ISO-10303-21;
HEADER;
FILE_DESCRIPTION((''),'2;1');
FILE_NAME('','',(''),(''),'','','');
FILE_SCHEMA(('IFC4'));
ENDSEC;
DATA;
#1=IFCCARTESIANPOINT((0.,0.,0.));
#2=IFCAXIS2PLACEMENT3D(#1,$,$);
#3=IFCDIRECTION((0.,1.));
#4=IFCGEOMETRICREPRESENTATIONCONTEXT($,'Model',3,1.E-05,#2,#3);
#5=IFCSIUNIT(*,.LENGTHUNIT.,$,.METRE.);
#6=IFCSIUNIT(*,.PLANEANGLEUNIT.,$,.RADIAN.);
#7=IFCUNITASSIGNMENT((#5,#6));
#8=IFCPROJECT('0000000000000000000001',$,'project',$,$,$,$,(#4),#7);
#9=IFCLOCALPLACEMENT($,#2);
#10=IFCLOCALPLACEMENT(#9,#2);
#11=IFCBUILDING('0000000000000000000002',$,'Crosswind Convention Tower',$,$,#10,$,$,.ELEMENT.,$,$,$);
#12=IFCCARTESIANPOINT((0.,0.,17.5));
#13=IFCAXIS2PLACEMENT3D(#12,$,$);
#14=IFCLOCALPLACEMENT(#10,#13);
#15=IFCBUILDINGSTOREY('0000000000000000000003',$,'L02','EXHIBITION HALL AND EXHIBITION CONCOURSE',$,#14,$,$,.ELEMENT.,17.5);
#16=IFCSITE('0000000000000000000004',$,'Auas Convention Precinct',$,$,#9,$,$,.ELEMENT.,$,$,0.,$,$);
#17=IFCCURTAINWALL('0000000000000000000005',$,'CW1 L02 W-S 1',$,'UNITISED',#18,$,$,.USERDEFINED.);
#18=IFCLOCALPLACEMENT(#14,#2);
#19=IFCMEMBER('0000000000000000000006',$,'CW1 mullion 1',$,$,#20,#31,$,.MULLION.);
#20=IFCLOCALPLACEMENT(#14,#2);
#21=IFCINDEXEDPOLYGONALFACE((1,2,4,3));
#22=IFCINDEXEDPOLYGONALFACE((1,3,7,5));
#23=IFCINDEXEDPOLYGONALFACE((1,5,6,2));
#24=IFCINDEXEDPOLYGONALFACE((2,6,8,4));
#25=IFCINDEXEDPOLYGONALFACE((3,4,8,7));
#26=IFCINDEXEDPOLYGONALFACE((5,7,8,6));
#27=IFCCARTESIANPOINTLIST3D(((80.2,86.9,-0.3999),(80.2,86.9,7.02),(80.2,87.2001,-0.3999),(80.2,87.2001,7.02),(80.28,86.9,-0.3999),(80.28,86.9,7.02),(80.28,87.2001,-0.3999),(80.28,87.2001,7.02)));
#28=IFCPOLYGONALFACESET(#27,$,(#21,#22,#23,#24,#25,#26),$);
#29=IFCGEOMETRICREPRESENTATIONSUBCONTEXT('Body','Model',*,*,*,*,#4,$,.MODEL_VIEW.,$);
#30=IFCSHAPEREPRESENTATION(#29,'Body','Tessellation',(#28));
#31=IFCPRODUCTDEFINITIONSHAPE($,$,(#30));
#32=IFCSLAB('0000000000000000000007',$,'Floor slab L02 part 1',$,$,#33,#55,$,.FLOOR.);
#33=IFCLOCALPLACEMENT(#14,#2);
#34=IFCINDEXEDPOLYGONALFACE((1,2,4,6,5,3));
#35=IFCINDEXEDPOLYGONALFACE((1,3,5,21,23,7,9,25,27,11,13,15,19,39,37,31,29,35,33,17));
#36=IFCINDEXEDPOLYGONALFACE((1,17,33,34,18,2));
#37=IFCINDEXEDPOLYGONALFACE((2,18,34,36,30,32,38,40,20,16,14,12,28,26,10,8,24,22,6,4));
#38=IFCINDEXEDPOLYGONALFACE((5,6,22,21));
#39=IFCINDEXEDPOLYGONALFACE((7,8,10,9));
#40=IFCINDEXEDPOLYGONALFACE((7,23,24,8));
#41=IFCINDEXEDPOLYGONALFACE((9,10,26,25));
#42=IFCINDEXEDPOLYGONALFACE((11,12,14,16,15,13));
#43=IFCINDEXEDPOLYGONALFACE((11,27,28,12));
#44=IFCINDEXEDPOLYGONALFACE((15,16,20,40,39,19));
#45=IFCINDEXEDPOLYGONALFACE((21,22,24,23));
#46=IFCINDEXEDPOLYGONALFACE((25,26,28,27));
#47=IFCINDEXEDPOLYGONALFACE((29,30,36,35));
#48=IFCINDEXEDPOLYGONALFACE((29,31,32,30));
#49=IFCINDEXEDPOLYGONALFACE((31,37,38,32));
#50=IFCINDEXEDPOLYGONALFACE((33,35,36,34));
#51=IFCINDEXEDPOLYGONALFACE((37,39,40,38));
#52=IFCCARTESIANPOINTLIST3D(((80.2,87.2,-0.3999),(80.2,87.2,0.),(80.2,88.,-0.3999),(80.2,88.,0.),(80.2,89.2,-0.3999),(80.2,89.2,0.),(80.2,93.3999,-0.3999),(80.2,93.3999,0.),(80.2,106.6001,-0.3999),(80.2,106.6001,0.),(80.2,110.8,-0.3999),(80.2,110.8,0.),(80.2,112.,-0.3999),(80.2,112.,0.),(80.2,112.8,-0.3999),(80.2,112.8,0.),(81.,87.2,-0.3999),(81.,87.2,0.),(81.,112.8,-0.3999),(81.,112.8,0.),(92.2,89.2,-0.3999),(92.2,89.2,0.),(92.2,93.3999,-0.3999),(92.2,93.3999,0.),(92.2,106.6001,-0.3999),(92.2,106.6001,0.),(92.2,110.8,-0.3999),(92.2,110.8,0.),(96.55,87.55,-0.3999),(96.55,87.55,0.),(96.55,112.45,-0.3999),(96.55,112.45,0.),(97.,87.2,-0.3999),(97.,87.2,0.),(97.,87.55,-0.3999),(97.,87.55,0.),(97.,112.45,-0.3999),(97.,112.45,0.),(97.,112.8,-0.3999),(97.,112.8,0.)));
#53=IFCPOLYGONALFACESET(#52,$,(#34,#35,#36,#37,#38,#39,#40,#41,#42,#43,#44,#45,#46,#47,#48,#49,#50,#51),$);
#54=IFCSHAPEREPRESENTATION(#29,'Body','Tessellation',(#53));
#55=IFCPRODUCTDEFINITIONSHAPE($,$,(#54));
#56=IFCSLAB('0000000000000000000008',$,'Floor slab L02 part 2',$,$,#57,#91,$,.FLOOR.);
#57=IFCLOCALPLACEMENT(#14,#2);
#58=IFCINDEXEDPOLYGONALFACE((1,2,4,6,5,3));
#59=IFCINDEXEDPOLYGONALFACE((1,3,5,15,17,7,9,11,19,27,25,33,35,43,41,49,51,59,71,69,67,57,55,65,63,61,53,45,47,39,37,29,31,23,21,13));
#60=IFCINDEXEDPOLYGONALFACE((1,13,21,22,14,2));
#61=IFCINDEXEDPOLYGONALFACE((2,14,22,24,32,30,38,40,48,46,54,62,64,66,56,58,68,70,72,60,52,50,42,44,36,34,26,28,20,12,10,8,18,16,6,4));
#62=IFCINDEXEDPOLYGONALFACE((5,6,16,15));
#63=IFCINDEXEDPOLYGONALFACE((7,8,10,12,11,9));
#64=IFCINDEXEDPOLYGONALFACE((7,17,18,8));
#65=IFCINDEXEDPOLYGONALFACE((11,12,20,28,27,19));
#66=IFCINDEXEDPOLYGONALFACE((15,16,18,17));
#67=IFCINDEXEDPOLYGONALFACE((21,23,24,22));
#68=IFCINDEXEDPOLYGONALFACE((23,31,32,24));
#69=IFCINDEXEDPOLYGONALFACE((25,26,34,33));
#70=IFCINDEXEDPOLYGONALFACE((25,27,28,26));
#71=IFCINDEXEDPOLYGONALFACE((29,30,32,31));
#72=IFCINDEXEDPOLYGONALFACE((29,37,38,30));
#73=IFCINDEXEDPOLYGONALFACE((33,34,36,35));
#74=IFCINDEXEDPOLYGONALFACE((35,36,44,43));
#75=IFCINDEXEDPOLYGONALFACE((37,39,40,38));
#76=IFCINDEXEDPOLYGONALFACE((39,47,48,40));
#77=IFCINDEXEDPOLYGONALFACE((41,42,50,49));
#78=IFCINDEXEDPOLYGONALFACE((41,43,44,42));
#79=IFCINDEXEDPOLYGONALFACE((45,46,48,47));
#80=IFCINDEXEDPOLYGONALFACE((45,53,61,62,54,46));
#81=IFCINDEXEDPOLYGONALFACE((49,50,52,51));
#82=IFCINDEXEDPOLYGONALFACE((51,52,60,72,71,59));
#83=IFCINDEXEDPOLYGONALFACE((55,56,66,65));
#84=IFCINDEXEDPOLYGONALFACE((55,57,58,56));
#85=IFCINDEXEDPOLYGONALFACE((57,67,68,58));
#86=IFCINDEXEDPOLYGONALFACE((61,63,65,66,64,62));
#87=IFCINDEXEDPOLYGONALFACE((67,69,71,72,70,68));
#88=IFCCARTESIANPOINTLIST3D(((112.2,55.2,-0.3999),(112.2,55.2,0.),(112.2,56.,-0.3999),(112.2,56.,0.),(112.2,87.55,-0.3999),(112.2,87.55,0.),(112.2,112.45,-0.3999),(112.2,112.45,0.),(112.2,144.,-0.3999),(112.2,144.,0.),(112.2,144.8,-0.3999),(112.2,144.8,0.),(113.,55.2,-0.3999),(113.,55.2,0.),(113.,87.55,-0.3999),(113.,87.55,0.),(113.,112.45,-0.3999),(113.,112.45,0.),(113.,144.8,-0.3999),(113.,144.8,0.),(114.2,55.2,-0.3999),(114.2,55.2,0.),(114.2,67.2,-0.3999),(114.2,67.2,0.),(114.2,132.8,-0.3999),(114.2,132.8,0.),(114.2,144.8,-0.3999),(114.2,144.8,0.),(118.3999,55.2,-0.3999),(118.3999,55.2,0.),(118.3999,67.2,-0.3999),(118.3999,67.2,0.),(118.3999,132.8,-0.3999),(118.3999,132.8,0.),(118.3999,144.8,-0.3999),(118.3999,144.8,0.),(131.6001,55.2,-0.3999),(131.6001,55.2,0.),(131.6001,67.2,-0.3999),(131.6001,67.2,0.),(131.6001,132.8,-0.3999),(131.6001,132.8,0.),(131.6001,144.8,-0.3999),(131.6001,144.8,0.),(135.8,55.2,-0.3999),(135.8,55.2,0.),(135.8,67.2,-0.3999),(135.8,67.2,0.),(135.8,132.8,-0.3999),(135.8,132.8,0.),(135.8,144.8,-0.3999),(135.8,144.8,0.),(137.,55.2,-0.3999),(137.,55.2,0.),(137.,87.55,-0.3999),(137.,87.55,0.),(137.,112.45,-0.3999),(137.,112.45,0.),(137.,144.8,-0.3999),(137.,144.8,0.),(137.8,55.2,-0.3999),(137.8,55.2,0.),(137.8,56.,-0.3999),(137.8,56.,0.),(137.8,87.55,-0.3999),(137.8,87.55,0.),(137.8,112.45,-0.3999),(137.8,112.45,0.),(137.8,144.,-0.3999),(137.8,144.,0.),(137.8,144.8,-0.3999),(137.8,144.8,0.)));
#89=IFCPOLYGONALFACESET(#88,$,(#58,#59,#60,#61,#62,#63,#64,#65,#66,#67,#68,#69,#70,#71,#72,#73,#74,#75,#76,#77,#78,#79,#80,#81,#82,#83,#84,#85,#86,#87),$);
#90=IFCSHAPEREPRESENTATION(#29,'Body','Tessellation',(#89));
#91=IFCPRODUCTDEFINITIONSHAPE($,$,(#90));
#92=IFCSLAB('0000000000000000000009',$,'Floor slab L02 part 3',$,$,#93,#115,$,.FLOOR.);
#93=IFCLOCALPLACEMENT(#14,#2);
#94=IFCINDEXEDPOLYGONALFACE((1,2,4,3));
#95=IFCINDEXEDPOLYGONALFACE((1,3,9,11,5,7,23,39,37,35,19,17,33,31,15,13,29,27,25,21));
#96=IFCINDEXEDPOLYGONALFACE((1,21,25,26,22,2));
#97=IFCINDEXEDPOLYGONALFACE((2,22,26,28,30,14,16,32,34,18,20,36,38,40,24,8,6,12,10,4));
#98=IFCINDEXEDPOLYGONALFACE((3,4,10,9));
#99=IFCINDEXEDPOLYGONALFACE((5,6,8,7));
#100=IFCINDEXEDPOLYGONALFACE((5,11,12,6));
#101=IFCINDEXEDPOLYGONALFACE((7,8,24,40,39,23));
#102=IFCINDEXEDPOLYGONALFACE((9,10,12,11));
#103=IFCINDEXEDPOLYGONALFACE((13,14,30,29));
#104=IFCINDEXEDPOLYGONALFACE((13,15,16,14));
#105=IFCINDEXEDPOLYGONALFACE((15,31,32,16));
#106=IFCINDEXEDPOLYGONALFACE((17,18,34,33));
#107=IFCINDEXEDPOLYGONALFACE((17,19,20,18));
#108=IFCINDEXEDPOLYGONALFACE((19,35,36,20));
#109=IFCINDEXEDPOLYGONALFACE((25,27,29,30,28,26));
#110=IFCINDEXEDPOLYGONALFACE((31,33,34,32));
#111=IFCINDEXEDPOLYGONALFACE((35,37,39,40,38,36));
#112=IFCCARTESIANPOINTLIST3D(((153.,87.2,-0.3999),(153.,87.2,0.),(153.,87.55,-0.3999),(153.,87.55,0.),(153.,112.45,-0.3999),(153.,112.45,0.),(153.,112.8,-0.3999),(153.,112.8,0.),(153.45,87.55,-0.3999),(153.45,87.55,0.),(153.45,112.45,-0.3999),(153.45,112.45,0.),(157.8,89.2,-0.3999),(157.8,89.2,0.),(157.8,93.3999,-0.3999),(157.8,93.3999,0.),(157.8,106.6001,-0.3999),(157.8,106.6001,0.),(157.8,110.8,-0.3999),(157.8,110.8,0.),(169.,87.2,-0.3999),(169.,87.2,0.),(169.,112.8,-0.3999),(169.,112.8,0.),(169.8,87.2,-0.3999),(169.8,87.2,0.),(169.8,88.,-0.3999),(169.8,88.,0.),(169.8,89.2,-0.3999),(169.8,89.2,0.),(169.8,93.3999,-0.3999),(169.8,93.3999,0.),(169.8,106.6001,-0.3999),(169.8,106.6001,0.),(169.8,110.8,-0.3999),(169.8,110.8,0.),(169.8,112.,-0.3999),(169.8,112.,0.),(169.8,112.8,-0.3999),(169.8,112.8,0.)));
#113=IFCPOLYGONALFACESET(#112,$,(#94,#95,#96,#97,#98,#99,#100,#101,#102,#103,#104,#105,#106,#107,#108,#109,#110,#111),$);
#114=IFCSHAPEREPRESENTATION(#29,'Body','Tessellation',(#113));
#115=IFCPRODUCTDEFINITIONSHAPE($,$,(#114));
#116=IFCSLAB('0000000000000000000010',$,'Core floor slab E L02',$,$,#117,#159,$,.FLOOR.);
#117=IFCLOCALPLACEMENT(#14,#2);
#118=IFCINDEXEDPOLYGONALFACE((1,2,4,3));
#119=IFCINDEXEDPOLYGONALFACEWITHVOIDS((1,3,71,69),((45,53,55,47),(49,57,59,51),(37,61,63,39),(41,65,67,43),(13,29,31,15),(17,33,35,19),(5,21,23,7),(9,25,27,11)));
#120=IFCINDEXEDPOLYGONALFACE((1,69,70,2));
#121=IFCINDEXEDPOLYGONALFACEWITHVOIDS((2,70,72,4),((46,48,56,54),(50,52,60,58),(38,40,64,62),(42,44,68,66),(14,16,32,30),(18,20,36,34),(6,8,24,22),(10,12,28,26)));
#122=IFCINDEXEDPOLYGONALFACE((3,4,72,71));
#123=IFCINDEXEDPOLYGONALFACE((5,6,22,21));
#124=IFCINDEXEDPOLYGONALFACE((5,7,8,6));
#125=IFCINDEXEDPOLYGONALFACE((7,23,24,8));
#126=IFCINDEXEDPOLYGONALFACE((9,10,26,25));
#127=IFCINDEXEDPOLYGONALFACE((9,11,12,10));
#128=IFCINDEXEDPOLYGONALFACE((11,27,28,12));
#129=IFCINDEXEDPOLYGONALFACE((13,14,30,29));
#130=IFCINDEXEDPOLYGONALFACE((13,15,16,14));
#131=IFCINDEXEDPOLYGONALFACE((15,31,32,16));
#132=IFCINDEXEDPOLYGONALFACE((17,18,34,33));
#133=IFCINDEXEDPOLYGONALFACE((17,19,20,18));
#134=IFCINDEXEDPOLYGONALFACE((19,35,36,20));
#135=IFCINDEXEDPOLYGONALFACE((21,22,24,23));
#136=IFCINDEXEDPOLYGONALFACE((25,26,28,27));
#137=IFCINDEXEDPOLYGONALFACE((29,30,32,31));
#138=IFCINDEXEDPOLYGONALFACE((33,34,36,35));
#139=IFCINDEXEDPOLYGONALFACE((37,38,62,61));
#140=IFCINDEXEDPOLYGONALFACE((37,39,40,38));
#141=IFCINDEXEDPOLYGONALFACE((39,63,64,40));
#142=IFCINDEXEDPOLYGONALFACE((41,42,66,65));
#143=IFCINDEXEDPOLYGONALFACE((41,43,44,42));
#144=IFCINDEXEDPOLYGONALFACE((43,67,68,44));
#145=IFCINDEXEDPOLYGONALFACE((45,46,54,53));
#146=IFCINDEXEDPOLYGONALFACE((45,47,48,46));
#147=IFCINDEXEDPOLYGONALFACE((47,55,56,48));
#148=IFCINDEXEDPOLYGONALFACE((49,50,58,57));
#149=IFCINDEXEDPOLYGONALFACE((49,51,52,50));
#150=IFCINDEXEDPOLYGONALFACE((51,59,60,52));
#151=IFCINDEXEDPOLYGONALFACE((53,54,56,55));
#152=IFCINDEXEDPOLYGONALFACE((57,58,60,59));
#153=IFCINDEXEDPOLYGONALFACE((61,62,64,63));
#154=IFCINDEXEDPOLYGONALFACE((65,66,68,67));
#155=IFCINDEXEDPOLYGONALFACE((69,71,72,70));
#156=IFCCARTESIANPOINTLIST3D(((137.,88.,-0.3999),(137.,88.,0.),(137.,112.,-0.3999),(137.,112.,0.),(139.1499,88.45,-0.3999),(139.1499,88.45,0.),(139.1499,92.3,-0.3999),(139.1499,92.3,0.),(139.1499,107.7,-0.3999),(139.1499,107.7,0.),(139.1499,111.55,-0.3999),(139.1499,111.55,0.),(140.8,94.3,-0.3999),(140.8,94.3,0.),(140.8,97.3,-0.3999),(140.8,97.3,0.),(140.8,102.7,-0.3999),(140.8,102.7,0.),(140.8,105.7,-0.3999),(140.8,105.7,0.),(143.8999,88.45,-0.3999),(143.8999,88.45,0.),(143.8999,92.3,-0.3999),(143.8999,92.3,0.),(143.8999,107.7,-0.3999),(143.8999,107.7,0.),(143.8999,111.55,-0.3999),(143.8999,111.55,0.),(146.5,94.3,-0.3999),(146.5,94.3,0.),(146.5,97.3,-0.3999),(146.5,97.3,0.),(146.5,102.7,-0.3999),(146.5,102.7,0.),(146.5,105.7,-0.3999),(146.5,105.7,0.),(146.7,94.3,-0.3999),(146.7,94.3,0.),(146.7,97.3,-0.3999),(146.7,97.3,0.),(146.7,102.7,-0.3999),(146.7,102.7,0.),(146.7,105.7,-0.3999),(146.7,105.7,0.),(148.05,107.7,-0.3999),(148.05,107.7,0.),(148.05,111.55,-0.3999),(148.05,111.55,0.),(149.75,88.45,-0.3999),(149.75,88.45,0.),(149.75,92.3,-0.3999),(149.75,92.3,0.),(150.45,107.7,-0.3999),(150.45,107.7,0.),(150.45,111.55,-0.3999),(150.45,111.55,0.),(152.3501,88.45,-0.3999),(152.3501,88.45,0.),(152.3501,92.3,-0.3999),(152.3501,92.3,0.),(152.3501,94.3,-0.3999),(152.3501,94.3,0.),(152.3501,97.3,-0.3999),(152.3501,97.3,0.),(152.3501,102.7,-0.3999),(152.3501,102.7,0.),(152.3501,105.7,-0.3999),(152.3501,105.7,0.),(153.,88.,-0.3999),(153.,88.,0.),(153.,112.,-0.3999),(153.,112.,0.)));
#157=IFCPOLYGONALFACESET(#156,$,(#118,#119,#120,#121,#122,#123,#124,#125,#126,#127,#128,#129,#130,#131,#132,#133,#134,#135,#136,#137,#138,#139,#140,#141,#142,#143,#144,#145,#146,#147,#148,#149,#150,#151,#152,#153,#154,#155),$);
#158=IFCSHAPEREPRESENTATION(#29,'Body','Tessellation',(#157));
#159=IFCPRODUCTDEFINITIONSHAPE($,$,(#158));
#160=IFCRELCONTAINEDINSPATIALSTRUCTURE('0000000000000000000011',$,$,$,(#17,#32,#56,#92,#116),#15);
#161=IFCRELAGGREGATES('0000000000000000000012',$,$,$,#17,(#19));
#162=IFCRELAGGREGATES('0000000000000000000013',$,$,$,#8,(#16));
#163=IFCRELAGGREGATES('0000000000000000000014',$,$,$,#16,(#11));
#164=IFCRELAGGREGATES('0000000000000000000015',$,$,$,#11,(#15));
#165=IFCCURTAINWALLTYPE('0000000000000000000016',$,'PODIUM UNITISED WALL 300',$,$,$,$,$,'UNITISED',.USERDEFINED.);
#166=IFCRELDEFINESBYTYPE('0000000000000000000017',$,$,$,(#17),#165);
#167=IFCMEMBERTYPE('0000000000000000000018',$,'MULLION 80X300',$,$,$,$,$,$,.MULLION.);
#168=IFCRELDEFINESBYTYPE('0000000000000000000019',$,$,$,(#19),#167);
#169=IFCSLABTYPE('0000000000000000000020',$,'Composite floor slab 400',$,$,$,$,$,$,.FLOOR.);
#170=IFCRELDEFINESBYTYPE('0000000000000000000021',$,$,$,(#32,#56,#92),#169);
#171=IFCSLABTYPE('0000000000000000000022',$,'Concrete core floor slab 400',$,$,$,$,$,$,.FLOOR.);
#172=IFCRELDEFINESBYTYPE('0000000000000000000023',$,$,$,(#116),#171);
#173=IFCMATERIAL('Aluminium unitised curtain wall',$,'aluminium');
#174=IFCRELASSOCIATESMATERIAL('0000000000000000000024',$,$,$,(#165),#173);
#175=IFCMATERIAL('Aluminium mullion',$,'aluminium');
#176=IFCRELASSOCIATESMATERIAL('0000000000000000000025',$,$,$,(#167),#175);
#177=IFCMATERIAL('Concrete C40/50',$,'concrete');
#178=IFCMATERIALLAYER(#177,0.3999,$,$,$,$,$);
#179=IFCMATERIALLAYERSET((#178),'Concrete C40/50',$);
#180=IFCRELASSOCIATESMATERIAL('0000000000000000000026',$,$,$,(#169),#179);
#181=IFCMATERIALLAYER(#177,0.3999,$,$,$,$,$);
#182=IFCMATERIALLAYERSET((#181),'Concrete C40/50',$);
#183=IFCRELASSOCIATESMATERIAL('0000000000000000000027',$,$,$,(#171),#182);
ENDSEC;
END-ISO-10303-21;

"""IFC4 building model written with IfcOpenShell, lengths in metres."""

from ifc_helpers import new_model, si_unit, direction, frame, origin, origin_2d, place, context, subcontext, project, spatial, polyline, rectangle, outline, extrude, material, layer, layer_set, material_profile, profile_set, type_object, element, aggregate, save


model = new_model("IFC4")

# Units and contexts
model_context = context("Model", 3, precision=1e-05, world=origin(), true_north=direction((0.0, 1.0)))
body_context = subcontext(model_context, "Body", "Model", "MODEL_VIEW")
ifc_project = project(units=[si_unit("LENGTHUNIT", "METRE"), si_unit("PLANEANGLEUNIT", "RADIAN")], contexts=[model_context])

# Site, building, storey
site_placement = place(None, origin())
site = spatial("IfcSite", under=ifc_project, at=site_placement, Name="Auas Convention Precinct", CompositionType="ELEMENT", RefElevation=0.0)
building_placement = place(site_placement, origin())
building = spatial("IfcBuilding", under=site, at=building_placement, Name="Crosswind Convention Tower", CompositionType="ELEMENT")
storey_placement = place(building_placement, frame((0.0, 0.0, 17.5)))
storey = spatial("IfcBuildingStorey", under=building, at=storey_placement, Name="L02", Description="EXHIBITION HALL AND EXHIBITION CONCOURSE", CompositionType="ELEMENT", Elevation=17.5)

# Curtain wall, member
ifc_material_1 = material(Name="Aluminium unitised curtain wall", Category="aluminium")
curtain_wall_type = type_object("IfcCurtainWallType", Name="PODIUM UNITISED WALL 300", ElementType="UNITISED", PredefinedType="USERDEFINED", material=ifc_material_1)
curtain_wall_placement = place(storey_placement, origin())
curtain_wall = element("IfcCurtainWall", 1, at=curtain_wall_placement, inside=storey, type_object=curtain_wall_type, Name="CW1 L02 W-S 1", ObjectType="UNITISED", PredefinedType="USERDEFINED")
ifc_material_2 = material(Name="Aluminium mullion", Category="aluminium")
ifc_material_profile_1 = material_profile(ifc_material_2, rectangle(XDim=0.3, YDim=0.0801, at=origin_2d()), Name="AL 300X80")
ifc_profile_set_1 = profile_set([ifc_material_profile_1], Name="Aluminium mullion")
member_type = type_object("IfcMemberType", Name="MULLION 80X300", PredefinedType="MULLION", material=ifc_profile_set_1)
member_placement = place(storey_placement, frame((80.24, 87.05, -0.3999), z_axis=(0.0, 0.0, 1.0), x_axis=(0.0, -1.0, 0.0)))
member = element("IfcMember", 2, at=member_placement, type_object=member_type, Name="CW1 mullion 1", PredefinedType="MULLION", context=body_context, shape_type="SweptSolid", body=[
    extrude(rectangle(XDim=0.3, YDim=0.0801, at=origin_2d()), origin(), (0.0, 0.0, 1.0), 7.4199),
])

# Slabs
ifc_material_3 = material(Name="Concrete C40/50", Category="concrete")
ifc_layer_1 = layer(ifc_material_3, 0.3999)
ifc_layer_set_1 = layer_set([ifc_layer_1], Name="Concrete C40/50")
slab_type_1 = type_object("IfcSlabType", Name="Composite floor slab 400", PredefinedType="FLOOR", material=ifc_layer_set_1)
slab_1_placement = place(storey_placement, frame((0.0, 0.0, -0.3999)))
element("IfcSlab", 3, at=slab_1_placement, inside=storey, type_object=slab_type_1, Name="Floor slab L02 part 1", PredefinedType="FLOOR", context=body_context, shape_type="SweptSolid", body=[
    extrude(outline(polyline([(97.0, 112.45), (96.55, 112.45), (96.55, 87.55), (97.0, 87.55), (97.0, 87.2), (81.0, 87.2), (80.2, 87.2), (80.2, 88.0), (80.2, 89.2), (92.2, 89.2), (92.2, 93.3999), (80.2, 93.3999), (80.2, 106.6001), (92.2, 106.6001), (92.2, 110.8), (80.2, 110.8), (80.2, 112.0), (80.2, 112.8), (81.0, 112.8), (97.0, 112.8), (97.0, 112.45)])), origin(), (0.0, 0.0, 1.0), 0.3999),
])
slab_2_placement = place(storey_placement, frame((0.0, 0.0, -0.3999)))
element("IfcSlab", 4, at=slab_2_placement, inside=storey, type_object=slab_type_1, Name="Floor slab L02 part 2", PredefinedType="FLOOR", context=body_context, shape_type="SweptSolid", body=[
    extrude(outline(polyline([(114.2, 132.8), (118.3999, 132.8), (118.3999, 144.8), (131.6001, 144.8), (131.6001, 132.8), (135.8, 132.8), (135.8, 144.8), (137.0, 144.8), (137.8, 144.8), (137.8, 144.0), (137.8, 112.45), (137.0, 112.45), (137.0, 87.55), (137.8, 87.55), (137.8, 56.0), (137.8, 55.2), (137.0, 55.2), (135.8, 55.2), (135.8, 67.2), (131.6001, 67.2), (131.6001, 55.2), (118.3999, 55.2), (118.3999, 67.2), (114.2, 67.2), (114.2, 55.2), (113.0, 55.2), (112.2, 55.2), (112.2, 56.0), (112.2, 87.55), (113.0, 87.55), (113.0, 112.45), (112.2, 112.45), (112.2, 144.0), (112.2, 144.8), (113.0, 144.8), (114.2, 144.8), (114.2, 132.8)])), origin(), (0.0, 0.0, 1.0), 0.3999),
])
slab_3_placement = place(storey_placement, frame((0.0, 0.0, -0.3999)))
element("IfcSlab", 5, at=slab_3_placement, inside=storey, type_object=slab_type_1, Name="Floor slab L02 part 3", PredefinedType="FLOOR", context=body_context, shape_type="SweptSolid", body=[
    extrude(outline(polyline([(169.8, 93.3999), (157.8, 93.3999), (157.8, 89.2), (169.8, 89.2), (169.8, 88.0), (169.8, 87.2), (169.0, 87.2), (153.0, 87.2), (153.0, 87.55), (153.45, 87.55), (153.45, 112.45), (153.0, 112.45), (153.0, 112.8), (169.0, 112.8), (169.8, 112.8), (169.8, 112.0), (169.8, 110.8), (157.8, 110.8), (157.8, 106.6001), (169.8, 106.6001), (169.8, 93.3999)])), origin(), (0.0, 0.0, 1.0), 0.3999),
])
ifc_layer_2 = layer(ifc_material_3, 0.3999)
ifc_layer_set_2 = layer_set([ifc_layer_2], Name="Concrete C40/50")
slab_type_2 = type_object("IfcSlabType", Name="Concrete core floor slab 400", PredefinedType="FLOOR", material=ifc_layer_set_2)
slab_4_placement = place(storey_placement, frame((0.0, 0.0, -0.3999)))
element("IfcSlab", 6, at=slab_4_placement, inside=storey, type_object=slab_type_2, Name="Core floor slab E L02", PredefinedType="FLOOR", context=body_context, shape_type="SweptSolid", body=[
    extrude(outline(polyline([(137.0, 88.0), (153.0, 88.0), (153.0, 112.0), (137.0, 112.0), (137.0, 88.0)]), holes=[polyline([(146.5, 102.7), (146.5, 105.7), (140.8, 105.7), (140.8, 102.7), (146.5, 102.7)]), polyline([(152.3501, 102.7), (152.3501, 105.7), (146.7, 105.7), (146.7, 102.7), (152.3501, 102.7)]), polyline([(146.5, 94.3), (146.5, 97.3), (140.8, 97.3), (140.8, 94.3), (146.5, 94.3)]), polyline([(152.3501, 94.3), (152.3501, 97.3), (146.7, 97.3), (146.7, 94.3), (152.3501, 94.3)]), polyline([(150.45, 107.7), (150.45, 111.55), (148.05, 111.55), (148.05, 107.7), (150.45, 107.7)]), polyline([(152.3501, 88.45), (152.3501, 92.3), (149.75, 92.3), (149.75, 88.45), (152.3501, 88.45)]), polyline([(143.8999, 107.7), (143.8999, 111.55), (139.1499, 111.55), (139.1499, 107.7), (143.8999, 107.7)]), polyline([(143.8999, 88.45), (143.8999, 92.3), (139.1499, 92.3), (139.1499, 88.45), (143.8999, 88.45)])]), origin(), (0.0, 0.0, 1.0), 0.3999),
])

aggregate(curtain_wall, [member])

save(model, "model.ifc")
